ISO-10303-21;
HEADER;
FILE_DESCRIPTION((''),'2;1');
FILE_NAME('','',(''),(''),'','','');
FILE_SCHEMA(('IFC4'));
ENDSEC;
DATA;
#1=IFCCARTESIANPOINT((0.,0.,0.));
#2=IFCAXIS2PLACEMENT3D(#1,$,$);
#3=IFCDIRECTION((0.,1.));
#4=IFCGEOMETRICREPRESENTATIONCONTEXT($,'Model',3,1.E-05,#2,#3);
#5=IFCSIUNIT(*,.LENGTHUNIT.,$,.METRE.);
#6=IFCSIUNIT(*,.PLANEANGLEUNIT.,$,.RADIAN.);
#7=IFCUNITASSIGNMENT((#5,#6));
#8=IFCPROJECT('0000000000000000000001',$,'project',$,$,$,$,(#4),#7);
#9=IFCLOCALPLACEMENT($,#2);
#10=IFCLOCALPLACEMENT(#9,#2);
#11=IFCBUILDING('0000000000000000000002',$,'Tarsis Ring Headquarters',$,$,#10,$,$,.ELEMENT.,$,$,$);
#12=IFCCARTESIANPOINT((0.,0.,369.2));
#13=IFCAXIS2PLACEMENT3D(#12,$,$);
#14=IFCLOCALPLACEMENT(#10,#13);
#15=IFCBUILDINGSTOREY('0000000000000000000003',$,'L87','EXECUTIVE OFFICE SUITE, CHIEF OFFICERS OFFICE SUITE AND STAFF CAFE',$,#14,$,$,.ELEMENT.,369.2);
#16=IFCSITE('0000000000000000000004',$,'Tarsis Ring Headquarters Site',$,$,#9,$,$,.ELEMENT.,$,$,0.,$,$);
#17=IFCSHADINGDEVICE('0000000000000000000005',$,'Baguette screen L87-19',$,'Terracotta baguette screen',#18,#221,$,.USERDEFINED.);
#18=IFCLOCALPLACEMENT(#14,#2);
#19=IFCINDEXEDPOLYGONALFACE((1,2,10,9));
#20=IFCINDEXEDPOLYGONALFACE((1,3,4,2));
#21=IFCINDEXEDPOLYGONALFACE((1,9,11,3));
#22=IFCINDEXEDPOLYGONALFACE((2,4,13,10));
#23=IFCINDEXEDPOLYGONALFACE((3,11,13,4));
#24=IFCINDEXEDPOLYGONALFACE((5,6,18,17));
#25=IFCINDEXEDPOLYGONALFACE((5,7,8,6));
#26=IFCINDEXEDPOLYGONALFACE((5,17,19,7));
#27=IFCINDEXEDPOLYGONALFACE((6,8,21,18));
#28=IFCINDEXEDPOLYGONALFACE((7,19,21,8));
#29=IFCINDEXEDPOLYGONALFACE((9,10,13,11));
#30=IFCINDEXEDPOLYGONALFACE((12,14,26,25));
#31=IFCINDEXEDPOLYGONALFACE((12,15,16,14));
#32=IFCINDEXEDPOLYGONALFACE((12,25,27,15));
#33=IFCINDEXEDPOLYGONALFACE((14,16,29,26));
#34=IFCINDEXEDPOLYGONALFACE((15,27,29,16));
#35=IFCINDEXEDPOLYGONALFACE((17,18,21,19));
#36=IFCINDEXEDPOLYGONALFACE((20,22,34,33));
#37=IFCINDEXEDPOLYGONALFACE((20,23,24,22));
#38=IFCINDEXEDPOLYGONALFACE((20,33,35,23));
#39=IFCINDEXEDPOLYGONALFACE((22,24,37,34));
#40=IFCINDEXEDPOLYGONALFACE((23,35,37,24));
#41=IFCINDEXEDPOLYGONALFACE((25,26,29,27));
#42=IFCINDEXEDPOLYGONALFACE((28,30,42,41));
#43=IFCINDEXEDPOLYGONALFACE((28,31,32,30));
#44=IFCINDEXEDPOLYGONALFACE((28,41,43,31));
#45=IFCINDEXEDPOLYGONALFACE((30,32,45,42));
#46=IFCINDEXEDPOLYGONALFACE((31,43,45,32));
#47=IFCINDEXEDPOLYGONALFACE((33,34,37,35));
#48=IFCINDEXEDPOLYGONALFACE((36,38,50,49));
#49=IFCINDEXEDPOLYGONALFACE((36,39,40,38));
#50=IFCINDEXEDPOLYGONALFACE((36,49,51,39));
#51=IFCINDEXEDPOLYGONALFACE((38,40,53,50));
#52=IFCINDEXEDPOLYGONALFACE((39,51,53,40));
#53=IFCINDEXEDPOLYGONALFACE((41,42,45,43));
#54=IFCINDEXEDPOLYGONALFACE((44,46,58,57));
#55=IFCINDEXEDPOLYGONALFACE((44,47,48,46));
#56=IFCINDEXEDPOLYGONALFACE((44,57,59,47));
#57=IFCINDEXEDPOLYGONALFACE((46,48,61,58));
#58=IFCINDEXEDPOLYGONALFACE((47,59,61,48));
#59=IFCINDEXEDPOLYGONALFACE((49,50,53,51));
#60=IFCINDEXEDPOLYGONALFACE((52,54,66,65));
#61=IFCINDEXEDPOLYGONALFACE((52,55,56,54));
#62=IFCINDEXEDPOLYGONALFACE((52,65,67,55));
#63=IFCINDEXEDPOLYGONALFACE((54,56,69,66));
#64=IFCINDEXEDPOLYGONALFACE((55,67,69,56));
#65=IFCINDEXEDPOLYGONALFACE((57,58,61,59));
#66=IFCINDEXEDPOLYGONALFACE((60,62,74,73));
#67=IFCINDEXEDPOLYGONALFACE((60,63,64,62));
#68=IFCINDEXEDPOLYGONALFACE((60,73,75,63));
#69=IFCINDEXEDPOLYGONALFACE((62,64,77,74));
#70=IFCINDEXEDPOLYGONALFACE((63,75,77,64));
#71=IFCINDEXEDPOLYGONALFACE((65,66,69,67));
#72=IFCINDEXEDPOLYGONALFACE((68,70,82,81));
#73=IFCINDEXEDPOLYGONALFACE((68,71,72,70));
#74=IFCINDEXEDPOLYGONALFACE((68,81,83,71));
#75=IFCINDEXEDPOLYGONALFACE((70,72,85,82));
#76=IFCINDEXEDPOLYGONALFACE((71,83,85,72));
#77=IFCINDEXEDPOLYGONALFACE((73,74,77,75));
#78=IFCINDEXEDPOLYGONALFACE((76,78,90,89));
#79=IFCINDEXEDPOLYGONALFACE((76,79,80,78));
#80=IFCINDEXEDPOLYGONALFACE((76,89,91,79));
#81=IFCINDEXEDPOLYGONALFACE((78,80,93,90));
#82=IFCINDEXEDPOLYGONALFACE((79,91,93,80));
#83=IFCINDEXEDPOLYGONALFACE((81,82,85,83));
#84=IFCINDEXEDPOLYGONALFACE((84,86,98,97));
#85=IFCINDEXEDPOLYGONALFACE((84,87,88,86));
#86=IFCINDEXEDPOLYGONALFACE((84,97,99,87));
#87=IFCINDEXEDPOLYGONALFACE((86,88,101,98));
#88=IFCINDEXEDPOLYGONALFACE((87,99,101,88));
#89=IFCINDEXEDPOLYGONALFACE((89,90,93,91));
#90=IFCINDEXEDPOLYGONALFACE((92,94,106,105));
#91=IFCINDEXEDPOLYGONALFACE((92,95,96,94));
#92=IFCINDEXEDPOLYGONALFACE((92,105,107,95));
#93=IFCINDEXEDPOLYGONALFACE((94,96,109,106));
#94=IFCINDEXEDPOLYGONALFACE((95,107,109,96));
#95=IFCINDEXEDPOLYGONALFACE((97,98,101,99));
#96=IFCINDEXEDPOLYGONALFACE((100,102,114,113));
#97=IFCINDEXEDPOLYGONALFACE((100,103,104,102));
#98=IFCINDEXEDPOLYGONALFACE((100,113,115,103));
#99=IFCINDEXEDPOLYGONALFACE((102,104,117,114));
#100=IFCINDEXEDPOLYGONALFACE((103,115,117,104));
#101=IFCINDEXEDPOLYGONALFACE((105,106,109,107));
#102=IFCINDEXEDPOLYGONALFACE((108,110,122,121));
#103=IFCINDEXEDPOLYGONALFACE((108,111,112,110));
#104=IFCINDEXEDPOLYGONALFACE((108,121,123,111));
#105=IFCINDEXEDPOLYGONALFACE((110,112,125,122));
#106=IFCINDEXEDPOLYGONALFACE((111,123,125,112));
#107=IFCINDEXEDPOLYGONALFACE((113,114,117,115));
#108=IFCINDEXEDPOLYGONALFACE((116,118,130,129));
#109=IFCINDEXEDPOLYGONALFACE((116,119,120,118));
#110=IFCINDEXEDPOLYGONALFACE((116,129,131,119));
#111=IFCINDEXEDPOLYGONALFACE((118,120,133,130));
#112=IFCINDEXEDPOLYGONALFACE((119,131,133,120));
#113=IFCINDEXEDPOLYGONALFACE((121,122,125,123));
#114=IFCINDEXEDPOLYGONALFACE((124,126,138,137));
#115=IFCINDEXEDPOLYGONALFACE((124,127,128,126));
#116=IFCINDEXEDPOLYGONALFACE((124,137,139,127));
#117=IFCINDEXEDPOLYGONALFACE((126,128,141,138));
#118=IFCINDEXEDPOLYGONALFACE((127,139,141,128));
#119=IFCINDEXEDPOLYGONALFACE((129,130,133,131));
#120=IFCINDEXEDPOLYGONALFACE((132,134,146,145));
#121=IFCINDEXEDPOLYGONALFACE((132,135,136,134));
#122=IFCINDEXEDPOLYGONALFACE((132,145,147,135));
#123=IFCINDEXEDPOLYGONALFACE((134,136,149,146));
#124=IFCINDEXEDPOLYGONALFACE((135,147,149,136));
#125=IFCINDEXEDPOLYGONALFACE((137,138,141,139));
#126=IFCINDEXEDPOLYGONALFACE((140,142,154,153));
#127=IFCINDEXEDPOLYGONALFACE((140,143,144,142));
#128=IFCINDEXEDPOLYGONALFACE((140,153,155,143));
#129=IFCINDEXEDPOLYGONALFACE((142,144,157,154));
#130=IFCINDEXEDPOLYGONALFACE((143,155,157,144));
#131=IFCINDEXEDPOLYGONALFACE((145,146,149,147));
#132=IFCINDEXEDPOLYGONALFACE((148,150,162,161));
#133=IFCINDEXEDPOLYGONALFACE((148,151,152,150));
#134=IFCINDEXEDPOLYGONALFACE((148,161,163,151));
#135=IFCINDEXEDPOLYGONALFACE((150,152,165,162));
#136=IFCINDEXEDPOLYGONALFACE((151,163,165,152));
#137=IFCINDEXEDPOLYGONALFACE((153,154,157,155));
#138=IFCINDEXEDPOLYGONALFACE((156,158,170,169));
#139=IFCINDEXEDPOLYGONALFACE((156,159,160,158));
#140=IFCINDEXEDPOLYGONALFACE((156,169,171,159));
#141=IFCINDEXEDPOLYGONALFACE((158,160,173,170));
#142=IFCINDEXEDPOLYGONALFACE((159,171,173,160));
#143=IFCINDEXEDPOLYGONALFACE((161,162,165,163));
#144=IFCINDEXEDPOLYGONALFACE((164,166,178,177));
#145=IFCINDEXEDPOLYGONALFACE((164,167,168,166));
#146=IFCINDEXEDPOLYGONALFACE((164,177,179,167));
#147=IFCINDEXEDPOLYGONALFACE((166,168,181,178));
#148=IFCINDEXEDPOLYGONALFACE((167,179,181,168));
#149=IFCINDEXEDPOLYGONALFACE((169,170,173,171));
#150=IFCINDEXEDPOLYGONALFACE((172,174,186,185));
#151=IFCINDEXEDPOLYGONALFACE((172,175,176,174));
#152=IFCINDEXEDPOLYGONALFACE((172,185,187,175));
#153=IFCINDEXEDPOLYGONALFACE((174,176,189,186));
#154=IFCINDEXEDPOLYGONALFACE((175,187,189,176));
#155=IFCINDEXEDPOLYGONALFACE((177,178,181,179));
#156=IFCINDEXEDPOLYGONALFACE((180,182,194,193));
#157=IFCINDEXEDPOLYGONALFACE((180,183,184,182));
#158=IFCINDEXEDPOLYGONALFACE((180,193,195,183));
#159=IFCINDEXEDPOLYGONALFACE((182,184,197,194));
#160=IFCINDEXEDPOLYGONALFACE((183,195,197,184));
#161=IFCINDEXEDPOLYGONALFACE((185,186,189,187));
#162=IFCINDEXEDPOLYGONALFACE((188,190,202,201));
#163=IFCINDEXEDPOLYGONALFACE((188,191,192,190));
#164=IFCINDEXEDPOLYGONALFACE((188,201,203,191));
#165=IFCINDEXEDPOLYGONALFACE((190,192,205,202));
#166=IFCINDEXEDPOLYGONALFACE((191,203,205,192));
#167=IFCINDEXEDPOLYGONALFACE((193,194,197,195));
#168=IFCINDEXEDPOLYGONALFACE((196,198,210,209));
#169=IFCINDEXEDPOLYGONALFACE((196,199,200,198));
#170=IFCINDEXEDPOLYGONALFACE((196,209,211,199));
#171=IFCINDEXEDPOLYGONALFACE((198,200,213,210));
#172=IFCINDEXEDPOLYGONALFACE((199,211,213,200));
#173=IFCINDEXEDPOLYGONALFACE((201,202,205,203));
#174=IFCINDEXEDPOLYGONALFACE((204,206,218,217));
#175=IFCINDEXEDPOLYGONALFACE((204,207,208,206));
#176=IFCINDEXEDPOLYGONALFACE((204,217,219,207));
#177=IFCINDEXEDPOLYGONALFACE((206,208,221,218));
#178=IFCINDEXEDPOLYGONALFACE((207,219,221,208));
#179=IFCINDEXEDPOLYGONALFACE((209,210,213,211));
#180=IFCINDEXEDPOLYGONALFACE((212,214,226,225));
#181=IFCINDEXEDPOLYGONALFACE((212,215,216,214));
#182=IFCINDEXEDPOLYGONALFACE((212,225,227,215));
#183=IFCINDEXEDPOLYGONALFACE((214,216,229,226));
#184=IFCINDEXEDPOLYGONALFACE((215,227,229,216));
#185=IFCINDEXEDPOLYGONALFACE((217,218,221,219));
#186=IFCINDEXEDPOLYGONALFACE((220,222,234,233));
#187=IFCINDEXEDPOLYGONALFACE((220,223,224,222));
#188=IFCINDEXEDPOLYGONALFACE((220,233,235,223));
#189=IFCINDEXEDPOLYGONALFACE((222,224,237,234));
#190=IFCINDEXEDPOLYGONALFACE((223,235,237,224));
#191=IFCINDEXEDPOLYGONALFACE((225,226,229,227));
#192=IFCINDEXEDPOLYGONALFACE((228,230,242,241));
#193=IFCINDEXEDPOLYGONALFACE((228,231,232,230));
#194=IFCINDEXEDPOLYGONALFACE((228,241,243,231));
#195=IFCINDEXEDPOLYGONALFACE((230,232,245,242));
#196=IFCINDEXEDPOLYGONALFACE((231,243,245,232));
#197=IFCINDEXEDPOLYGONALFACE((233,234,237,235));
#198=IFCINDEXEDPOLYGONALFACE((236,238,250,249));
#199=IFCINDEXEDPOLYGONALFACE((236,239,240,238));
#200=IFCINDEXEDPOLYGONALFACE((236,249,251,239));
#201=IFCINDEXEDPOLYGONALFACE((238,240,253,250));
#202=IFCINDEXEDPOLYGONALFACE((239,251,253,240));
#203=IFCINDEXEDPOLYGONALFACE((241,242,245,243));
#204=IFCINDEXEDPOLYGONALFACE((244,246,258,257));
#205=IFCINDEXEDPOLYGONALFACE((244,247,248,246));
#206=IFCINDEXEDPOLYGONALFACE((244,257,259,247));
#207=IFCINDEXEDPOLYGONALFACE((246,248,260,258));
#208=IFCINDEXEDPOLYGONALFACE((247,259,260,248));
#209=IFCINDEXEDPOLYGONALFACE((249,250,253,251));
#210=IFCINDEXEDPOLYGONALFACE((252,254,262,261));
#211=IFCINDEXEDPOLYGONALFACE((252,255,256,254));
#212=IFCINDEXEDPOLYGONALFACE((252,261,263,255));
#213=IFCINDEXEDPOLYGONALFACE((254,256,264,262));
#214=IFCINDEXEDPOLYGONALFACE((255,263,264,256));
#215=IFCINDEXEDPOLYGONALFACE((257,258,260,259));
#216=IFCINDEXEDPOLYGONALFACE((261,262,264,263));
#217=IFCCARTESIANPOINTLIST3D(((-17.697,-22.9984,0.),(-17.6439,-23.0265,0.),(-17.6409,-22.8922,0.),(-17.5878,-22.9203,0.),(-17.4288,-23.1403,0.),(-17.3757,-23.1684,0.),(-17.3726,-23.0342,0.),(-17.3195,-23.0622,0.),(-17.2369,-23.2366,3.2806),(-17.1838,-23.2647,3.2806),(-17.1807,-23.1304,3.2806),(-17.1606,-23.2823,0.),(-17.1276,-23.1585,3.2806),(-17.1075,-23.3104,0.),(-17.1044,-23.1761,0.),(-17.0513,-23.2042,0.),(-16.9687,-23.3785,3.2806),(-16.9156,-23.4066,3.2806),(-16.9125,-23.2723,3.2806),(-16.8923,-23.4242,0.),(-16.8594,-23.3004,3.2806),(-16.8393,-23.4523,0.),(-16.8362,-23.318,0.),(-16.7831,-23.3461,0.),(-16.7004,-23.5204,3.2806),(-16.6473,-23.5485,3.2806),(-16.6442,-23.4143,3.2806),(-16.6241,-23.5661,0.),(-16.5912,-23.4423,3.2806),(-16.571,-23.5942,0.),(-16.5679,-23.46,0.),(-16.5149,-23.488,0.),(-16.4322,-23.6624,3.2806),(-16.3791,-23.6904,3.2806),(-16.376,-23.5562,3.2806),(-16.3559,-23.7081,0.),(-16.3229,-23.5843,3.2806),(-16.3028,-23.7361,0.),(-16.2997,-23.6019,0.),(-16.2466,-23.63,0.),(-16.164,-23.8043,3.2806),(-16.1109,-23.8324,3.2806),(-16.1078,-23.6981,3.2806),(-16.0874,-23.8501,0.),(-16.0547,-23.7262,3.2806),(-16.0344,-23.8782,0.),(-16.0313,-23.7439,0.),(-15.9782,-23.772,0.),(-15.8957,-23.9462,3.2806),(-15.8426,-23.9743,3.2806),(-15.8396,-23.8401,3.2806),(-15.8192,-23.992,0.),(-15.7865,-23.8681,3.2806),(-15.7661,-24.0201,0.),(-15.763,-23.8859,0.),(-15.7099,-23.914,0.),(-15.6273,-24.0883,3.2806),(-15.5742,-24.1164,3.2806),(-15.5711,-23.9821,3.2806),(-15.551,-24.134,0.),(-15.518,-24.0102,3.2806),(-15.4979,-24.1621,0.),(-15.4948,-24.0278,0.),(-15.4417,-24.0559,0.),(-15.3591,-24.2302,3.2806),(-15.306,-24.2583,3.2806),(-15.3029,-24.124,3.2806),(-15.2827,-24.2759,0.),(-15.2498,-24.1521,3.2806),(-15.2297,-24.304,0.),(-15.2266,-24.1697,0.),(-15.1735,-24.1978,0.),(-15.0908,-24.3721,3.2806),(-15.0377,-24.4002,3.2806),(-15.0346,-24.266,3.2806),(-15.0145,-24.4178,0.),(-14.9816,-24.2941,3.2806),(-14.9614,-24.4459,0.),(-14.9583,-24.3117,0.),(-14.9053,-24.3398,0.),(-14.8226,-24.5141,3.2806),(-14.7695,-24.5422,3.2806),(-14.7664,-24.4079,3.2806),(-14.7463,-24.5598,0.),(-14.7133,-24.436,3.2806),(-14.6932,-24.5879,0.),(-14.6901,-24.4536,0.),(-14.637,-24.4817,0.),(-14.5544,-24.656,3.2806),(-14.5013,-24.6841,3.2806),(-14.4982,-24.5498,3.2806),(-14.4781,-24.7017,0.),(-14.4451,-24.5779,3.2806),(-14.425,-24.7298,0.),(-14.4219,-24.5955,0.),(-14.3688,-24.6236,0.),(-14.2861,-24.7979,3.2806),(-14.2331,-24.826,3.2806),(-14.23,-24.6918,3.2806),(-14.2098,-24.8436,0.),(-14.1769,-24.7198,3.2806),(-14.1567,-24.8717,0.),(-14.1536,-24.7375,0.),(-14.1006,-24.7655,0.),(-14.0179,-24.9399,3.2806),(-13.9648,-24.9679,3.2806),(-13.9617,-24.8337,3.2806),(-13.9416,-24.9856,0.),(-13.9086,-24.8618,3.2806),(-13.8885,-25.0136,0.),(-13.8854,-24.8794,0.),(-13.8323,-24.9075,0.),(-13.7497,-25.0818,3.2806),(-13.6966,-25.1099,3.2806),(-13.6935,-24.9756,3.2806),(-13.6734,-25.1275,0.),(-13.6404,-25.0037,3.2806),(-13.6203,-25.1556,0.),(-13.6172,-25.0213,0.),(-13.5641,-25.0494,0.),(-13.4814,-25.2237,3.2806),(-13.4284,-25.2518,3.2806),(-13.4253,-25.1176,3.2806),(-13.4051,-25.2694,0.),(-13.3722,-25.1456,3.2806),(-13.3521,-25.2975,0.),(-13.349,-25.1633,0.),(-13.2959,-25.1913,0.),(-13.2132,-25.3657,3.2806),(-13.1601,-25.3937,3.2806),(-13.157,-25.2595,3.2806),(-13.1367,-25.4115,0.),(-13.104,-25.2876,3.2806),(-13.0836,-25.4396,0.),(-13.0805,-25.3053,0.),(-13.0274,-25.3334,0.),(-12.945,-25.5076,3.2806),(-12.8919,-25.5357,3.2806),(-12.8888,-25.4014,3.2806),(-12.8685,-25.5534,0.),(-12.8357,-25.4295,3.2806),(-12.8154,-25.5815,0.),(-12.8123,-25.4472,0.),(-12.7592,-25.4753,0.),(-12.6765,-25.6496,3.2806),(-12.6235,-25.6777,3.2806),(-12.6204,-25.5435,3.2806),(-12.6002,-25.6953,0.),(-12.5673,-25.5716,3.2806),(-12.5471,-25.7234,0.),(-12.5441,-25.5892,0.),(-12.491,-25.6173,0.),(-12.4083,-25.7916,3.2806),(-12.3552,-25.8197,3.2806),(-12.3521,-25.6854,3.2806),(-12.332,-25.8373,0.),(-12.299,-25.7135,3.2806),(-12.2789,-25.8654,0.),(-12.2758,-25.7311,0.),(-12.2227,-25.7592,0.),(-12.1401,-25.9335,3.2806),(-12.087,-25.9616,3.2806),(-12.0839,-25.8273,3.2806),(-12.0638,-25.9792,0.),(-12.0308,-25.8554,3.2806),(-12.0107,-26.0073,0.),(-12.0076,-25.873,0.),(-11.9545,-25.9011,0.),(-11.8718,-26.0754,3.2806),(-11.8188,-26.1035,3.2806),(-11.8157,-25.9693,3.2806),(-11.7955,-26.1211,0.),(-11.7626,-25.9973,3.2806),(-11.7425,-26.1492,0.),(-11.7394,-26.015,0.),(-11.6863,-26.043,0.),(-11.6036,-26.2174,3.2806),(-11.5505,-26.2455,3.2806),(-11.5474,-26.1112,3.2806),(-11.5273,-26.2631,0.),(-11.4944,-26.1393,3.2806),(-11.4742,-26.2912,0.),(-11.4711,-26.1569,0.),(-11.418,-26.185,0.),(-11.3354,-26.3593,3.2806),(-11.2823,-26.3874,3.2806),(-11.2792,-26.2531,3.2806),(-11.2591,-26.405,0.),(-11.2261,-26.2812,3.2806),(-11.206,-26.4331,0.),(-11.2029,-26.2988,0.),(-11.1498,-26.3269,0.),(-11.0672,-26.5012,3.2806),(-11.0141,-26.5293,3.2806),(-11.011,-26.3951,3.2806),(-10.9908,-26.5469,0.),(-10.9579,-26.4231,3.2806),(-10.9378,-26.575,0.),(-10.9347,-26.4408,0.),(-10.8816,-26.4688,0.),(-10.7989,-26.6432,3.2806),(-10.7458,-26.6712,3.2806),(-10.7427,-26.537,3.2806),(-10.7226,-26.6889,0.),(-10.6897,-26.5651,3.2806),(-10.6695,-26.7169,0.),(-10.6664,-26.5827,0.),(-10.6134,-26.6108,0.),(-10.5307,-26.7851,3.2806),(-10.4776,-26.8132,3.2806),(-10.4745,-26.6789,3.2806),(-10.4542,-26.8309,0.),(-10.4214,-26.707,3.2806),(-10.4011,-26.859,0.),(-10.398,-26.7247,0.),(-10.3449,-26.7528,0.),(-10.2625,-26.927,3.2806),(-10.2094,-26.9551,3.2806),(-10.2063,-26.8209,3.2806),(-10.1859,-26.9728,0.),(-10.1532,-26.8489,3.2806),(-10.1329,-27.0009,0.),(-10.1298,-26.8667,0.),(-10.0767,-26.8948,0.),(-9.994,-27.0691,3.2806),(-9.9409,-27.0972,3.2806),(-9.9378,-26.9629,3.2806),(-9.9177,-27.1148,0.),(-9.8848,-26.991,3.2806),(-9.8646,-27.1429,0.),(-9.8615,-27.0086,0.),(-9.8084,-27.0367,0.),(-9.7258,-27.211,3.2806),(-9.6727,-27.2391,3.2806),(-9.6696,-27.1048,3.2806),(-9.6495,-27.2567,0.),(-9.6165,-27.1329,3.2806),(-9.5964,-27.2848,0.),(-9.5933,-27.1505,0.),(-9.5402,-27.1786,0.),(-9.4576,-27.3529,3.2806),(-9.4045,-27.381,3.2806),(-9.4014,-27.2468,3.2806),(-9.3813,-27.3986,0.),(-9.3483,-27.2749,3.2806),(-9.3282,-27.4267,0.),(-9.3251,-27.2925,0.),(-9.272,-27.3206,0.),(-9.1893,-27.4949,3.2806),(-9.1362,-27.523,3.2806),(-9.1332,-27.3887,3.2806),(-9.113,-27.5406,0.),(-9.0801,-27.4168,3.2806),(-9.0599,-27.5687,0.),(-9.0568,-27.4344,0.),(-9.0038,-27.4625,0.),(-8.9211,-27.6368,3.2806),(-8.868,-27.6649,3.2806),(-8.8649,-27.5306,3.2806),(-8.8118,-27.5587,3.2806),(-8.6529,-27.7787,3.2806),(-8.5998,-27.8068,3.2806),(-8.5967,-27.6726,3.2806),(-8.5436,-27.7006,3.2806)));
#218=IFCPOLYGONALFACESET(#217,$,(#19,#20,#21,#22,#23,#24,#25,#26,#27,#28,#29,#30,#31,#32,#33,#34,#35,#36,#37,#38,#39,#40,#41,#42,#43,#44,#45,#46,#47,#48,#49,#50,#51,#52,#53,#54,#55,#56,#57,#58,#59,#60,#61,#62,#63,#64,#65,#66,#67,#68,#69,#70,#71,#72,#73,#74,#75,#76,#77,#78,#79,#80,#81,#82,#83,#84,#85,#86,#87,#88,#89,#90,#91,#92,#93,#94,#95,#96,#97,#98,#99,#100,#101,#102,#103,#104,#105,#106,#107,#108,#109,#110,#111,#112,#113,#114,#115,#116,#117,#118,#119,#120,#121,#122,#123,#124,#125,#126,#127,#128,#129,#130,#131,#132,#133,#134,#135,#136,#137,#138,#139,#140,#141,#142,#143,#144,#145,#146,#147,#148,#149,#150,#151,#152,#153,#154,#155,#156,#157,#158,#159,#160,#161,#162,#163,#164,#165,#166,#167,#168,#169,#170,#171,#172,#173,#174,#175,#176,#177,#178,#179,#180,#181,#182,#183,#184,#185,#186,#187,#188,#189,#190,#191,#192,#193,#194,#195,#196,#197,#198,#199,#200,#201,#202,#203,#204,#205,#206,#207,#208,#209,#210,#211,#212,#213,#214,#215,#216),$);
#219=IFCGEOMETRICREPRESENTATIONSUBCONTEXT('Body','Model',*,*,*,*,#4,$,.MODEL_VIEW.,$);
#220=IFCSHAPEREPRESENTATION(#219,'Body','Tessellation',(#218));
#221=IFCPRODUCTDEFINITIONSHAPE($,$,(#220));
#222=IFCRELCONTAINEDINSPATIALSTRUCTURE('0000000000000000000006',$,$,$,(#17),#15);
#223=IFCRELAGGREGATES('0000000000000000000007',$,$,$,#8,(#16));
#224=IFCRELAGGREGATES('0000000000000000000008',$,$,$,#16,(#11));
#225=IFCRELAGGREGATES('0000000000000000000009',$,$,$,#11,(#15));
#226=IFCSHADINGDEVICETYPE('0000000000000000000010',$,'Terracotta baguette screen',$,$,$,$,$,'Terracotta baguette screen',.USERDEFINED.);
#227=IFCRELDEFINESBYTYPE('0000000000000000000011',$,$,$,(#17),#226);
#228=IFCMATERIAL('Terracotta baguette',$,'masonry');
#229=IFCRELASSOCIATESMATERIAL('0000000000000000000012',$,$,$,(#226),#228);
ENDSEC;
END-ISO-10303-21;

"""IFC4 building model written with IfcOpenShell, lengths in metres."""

from ifc_helpers import new_model, si_unit, direction, frame, frame_2d, origin, place, context, subcontext, project, spatial, rectangle, composite_profile, extrude, material, type_object, element, save


model = new_model("IFC4")

# Units and contexts
model_context = context("Model", 3, precision=1e-05, world=origin(), true_north=direction((0.0, 1.0)))
body_context = subcontext(model_context, "Body", "Model", "MODEL_VIEW")
ifc_project = project(units=[si_unit("LENGTHUNIT", "METRE"), si_unit("PLANEANGLEUNIT", "RADIAN")], contexts=[model_context])

# Site, building, storey
site_placement = place(None, origin())
site = spatial("IfcSite", under=ifc_project, at=site_placement, Name="Tarsis Ring Headquarters Site", CompositionType="ELEMENT", RefElevation=0.0)
building_placement = place(site_placement, origin())
building = spatial("IfcBuilding", under=site, at=building_placement, Name="Tarsis Ring Headquarters", CompositionType="ELEMENT")
storey_placement = place(building_placement, frame((0.0, 0.0, 369.2)))
storey = spatial("IfcBuildingStorey", under=building, at=storey_placement, Name="L87", Description="EXECUTIVE OFFICE SUITE, CHIEF OFFICERS OFFICE SUITE AND STAFF CAFE", CompositionType="ELEMENT", Elevation=369.2)

# Shading device
ifc_material_1 = material(Name="Terracotta baguette", Category="masonry")
shading_device_type_1 = type_object("IfcShadingDeviceType", Name="Terracotta baguette screen", ElementType="Terracotta baguette screen", PredefinedType="USERDEFINED", material=ifc_material_1)
shading_device_1_placement = place(storey_placement, frame((-17.6689, -22.9453, 0.0), z_axis=(0.0, 0.0, 1.0), x_axis=(0.883875, -0.467696, 0.0)))
element("IfcShadingDevice", 1, at=shading_device_1_placement, inside=storey, type_object=shading_device_type_1, Name="Baguette screen L87-19", ObjectType="Terracotta baguette screen", PredefinedType="USERDEFINED", context=body_context, shape_type="SweptSolid", body=[
    extrude(composite_profile([rectangle(XDim=0.0601, YDim=0.1201, at=frame_2d((0.03, 0.0))), rectangle(XDim=0.0601, YDim=0.1201, at=frame_2d((0.3335, 0.0))), rectangle(XDim=0.0601, YDim=0.1201, at=frame_2d((0.637, 0.0))), rectangle(XDim=0.0601, YDim=0.1201, at=frame_2d((0.9404, 0.0))), rectangle(XDim=0.0601, YDim=0.1201, at=frame_2d((1.2439, 0.0))), rectangle(XDim=0.0601, YDim=0.1201, at=frame_2d((1.5474, 0.0))), rectangle(XDim=0.0601, YDim=0.1201, at=frame_2d((1.8511, 0.0))), rectangle(XDim=0.0601, YDim=0.1201, at=frame_2d((2.1545, 0.0))), rectangle(XDim=0.0601, YDim=0.1201, at=frame_2d((2.458, 0.0))), rectangle(XDim=0.0601, YDim=0.1201, at=frame_2d((2.7615, 0.0))), rectangle(XDim=0.0601, YDim=0.1201, at=frame_2d((3.0649, 0.0))), rectangle(XDim=0.0601, YDim=0.1201, at=frame_2d((3.3684, 0.0))), rectangle(XDim=0.0601, YDim=0.1201, at=frame_2d((3.6719, 0.0))), rectangle(XDim=0.0601, YDim=0.1201, at=frame_2d((3.9753, 0.0))), rectangle(XDim=0.0601, YDim=0.1201, at=frame_2d((4.2788, 0.0))), rectangle(XDim=0.0601, YDim=0.1201, at=frame_2d((4.5823, 0.0))), rectangle(XDim=0.0601, YDim=0.1201, at=frame_2d((4.8857, 0.0))), rectangle(XDim=0.0601, YDim=0.1201, at=frame_2d((5.1895, 0.0))), rectangle(XDim=0.0601, YDim=0.1201, at=frame_2d((5.4929, 0.0))), rectangle(XDim=0.0601, YDim=0.1201, at=frame_2d((5.7964, 0.0))), rectangle(XDim=0.0601, YDim=0.1201, at=frame_2d((6.0999, 0.0))), rectangle(XDim=0.0601, YDim=0.1201, at=frame_2d((6.4033, 0.0))), rectangle(XDim=0.0601, YDim=0.1201, at=frame_2d((6.7068, 0.0))), rectangle(XDim=0.0601, YDim=0.1201, at=frame_2d((7.0103, 0.0))), rectangle(XDim=0.0601, YDim=0.1201, at=frame_2d((7.3137, 0.0))), rectangle(XDim=0.0601, YDim=0.1201, at=frame_2d((7.6172, 0.0))), rectangle(XDim=0.0601, YDim=0.1201, at=frame_2d((7.9207, 0.0))), rectangle(XDim=0.0601, YDim=0.1201, at=frame_2d((8.2244, 0.0))), rectangle(XDim=0.0601, YDim=0.1201, at=frame_2d((8.5278, 0.0))), rectangle(XDim=0.0601, YDim=0.1201, at=frame_2d((8.8313, 0.0))), rectangle(XDim=0.0601, YDim=0.1201, at=frame_2d((9.1348, 0.0))), rectangle(XDim=0.0601, YDim=0.1201, at=frame_2d((9.4382, 0.0))), rectangle(XDim=0.0601, YDim=0.1201, at=frame_2d((9.7417, 0.0)))]), origin(), (0.155997, 0.001416, 0.987757), 3.3213),
])

save(model, "model.ifc")
